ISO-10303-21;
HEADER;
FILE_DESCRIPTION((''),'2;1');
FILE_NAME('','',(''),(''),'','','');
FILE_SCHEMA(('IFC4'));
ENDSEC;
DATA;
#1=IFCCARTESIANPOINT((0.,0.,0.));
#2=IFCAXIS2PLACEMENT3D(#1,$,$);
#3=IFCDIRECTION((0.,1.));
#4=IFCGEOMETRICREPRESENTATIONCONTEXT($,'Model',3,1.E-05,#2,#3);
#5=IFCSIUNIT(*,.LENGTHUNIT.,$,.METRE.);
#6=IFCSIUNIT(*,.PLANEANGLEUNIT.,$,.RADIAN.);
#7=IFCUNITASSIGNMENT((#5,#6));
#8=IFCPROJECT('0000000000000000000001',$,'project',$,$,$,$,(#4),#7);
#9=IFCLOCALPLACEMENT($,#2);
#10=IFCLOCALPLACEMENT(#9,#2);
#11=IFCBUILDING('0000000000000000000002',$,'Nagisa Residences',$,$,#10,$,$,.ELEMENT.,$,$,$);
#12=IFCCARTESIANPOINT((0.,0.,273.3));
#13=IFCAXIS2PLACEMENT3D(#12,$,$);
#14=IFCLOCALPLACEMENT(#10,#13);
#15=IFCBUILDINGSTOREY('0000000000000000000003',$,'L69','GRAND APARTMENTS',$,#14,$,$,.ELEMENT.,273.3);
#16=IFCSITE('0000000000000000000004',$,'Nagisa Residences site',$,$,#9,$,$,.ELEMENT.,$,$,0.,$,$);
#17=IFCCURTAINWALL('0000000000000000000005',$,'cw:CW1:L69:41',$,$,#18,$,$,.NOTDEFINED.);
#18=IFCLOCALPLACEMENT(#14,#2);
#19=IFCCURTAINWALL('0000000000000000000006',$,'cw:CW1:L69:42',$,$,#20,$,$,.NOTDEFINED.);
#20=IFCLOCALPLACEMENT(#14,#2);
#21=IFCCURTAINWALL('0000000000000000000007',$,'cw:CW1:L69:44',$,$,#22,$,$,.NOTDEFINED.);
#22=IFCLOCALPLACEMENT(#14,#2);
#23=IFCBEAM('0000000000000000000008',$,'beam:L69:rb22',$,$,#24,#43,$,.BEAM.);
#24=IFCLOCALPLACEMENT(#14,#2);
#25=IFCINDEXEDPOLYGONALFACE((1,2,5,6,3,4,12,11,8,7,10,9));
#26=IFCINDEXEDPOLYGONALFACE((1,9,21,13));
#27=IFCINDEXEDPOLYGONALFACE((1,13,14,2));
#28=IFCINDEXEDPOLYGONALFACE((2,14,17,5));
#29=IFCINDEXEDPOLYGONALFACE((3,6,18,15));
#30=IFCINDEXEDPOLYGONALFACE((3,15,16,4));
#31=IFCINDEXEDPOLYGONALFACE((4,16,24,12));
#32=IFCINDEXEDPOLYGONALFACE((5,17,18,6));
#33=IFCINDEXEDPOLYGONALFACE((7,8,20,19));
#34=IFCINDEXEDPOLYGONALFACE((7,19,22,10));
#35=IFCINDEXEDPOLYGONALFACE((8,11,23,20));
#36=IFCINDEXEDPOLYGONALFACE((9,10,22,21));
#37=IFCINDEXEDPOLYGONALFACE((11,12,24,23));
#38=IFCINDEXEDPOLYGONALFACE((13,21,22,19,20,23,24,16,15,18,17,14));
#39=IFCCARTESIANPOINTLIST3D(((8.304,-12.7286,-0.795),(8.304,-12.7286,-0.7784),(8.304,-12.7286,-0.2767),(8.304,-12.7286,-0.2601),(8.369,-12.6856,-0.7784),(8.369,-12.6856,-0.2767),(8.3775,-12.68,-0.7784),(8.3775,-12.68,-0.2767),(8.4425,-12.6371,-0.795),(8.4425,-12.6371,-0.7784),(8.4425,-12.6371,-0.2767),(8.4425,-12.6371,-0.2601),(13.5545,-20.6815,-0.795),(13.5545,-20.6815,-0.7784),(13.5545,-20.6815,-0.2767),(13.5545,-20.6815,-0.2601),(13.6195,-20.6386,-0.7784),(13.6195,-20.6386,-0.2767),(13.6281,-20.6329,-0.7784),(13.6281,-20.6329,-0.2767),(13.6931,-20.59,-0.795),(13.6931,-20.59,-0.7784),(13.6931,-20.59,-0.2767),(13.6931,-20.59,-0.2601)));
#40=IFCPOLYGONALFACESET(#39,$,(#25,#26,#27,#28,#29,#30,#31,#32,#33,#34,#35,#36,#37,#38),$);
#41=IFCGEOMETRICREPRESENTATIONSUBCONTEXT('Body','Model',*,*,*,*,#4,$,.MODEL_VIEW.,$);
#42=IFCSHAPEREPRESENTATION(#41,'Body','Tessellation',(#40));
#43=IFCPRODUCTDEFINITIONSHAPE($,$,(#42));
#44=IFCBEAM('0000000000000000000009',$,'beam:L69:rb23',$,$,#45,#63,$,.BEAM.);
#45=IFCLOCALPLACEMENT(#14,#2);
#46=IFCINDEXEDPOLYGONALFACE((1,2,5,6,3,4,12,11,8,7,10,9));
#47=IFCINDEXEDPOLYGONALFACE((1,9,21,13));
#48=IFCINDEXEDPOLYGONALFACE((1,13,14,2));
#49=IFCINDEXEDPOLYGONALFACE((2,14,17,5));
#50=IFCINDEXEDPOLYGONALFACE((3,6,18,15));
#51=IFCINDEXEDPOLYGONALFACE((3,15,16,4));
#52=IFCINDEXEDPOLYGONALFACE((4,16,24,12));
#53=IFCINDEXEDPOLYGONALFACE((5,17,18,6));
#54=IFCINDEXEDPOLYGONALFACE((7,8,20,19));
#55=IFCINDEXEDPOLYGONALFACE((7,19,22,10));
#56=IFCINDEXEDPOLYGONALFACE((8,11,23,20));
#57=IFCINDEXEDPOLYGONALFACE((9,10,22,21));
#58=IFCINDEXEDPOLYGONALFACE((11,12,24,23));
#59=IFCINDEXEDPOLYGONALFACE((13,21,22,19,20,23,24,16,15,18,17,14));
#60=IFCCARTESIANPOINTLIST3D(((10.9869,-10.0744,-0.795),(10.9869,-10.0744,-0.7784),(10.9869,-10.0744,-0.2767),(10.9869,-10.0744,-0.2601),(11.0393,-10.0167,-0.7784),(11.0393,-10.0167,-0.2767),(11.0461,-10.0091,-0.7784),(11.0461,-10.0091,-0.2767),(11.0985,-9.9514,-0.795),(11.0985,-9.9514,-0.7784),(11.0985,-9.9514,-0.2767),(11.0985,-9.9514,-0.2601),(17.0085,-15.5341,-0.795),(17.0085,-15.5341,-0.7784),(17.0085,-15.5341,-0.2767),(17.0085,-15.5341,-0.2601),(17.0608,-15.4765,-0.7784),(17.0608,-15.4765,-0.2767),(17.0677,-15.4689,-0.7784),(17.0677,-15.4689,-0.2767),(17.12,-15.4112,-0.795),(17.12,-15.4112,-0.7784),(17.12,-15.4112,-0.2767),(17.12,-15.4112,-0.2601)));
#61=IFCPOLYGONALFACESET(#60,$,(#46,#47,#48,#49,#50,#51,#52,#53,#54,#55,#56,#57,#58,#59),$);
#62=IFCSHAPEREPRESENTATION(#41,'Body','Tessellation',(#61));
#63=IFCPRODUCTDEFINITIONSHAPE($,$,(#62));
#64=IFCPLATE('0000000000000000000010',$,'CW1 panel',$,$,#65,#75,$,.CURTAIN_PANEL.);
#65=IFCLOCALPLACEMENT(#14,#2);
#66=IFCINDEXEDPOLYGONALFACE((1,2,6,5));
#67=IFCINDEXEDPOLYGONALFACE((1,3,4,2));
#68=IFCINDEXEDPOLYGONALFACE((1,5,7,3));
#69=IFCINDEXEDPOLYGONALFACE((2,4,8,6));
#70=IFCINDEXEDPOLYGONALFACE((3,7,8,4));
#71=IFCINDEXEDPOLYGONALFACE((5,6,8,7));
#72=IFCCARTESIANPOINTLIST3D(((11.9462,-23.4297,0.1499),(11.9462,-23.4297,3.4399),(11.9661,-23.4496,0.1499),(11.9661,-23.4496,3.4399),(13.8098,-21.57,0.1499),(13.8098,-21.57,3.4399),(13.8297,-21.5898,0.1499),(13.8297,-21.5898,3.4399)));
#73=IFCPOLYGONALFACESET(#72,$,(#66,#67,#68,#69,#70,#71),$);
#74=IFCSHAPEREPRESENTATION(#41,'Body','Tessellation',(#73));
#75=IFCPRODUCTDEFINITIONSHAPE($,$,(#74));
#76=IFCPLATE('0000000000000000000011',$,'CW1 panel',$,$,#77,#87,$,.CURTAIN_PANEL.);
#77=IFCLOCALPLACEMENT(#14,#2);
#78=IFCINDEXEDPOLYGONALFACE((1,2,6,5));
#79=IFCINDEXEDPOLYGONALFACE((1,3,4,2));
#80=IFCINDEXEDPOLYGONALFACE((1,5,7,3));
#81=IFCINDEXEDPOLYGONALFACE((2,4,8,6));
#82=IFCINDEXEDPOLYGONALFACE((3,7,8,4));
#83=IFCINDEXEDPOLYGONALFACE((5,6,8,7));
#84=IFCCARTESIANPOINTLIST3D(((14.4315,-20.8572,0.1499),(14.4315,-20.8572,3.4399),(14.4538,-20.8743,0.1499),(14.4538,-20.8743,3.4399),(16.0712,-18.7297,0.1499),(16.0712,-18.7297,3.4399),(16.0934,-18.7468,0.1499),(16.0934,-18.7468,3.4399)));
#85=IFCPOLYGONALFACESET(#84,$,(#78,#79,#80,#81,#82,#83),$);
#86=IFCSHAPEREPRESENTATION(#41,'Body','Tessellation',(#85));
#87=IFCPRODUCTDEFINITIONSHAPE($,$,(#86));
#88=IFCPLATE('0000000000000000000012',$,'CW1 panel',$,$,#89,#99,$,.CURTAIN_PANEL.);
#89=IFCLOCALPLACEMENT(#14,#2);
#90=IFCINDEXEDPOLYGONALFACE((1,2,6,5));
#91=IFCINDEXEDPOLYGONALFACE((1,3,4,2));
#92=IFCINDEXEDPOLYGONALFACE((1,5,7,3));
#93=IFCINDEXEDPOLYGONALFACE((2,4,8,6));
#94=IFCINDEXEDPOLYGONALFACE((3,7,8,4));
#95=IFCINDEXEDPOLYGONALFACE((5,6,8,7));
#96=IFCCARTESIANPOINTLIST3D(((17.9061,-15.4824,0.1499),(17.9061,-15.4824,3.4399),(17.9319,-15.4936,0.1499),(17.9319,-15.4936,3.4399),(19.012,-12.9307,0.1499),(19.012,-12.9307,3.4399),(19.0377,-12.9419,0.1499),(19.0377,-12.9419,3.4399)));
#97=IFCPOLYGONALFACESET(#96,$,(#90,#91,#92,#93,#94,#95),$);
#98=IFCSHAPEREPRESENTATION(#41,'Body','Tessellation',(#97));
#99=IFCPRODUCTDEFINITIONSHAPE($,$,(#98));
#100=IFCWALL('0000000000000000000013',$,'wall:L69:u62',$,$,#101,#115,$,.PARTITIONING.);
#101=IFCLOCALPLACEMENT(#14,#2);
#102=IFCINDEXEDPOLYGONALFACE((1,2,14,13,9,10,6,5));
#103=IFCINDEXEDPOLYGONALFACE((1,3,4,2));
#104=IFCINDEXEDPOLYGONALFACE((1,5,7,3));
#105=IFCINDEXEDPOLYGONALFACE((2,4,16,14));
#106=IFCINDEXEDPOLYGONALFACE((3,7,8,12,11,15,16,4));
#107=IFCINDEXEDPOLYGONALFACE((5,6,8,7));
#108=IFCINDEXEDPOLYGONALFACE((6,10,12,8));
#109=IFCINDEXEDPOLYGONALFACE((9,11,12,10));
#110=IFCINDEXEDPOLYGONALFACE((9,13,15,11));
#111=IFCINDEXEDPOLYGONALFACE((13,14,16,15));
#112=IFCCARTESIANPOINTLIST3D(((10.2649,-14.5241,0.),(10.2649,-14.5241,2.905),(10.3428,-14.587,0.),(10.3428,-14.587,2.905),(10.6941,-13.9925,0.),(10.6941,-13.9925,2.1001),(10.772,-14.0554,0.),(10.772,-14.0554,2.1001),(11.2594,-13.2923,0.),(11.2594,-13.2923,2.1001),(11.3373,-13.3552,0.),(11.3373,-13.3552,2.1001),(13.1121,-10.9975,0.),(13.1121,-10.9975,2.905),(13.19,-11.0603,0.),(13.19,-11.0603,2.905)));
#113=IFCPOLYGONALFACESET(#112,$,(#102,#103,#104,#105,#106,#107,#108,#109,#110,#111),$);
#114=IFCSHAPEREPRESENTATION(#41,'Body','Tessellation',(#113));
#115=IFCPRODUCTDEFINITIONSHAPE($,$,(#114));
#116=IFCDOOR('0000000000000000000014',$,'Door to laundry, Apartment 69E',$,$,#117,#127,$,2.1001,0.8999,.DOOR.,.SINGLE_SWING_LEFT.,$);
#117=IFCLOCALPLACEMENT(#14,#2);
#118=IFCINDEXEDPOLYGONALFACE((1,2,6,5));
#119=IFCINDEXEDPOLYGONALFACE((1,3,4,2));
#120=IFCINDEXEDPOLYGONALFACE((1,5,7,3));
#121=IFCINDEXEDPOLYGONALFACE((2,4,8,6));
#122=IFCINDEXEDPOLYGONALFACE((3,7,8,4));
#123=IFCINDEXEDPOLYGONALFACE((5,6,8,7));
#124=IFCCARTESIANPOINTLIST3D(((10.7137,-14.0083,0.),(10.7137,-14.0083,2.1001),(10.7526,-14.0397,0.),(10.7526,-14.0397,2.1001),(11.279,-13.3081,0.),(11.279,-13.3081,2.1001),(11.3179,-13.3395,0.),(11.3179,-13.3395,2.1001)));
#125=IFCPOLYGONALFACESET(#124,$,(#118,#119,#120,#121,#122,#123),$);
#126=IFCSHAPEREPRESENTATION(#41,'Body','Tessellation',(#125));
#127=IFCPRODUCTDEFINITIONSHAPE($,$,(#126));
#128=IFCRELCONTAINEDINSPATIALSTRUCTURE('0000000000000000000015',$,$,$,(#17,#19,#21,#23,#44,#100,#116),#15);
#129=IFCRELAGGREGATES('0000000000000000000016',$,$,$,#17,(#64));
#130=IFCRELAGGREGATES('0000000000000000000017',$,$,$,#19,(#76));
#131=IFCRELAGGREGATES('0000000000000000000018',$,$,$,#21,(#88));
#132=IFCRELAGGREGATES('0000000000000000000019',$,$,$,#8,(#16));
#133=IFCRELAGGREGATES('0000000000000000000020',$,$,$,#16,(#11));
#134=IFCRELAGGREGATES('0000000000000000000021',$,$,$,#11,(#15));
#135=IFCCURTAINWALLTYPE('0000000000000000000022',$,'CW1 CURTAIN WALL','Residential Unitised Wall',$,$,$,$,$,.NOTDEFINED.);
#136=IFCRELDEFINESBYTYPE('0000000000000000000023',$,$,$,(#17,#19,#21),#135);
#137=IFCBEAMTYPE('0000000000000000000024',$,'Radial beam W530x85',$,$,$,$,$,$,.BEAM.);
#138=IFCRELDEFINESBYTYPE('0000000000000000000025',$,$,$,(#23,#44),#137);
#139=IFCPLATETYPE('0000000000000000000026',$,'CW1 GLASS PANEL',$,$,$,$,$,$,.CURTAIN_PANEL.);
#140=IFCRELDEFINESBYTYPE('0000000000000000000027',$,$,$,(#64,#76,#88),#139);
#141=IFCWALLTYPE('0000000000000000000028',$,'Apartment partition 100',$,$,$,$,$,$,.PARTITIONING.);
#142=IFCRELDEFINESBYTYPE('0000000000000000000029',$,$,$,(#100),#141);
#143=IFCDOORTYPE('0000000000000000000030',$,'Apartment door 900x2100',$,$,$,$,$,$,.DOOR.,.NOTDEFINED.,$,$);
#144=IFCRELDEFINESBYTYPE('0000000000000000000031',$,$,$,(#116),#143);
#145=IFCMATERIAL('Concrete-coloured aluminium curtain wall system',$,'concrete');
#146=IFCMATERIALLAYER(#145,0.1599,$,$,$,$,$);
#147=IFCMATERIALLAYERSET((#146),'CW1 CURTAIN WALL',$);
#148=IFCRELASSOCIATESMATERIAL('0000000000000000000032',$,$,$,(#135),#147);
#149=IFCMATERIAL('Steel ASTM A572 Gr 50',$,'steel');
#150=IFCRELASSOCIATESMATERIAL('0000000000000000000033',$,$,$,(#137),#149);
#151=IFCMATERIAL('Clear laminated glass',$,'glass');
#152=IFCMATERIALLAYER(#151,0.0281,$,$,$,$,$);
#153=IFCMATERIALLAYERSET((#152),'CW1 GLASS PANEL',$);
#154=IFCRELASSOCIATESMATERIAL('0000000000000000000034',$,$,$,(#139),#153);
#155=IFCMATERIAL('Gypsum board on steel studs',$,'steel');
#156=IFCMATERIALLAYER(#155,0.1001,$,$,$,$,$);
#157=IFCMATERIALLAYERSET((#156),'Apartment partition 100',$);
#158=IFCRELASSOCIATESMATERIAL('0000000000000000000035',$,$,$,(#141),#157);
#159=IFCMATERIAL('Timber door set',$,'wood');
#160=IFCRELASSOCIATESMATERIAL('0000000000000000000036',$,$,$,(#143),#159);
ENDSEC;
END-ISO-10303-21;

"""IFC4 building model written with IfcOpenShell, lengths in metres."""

from ifc_helpers import new_model, si_unit, direction, frame, frame_2d, origin, origin_2d, place, context, subcontext, project, spatial, rectangle, i_section, extrude, material, layer, layer_set, material_profile, profile_set, type_object, element, fill, aggregate, save


model = new_model("IFC4")

# Units and contexts
model_context = context("Model", 3, precision=1e-05, world=origin(), true_north=direction((0.0, 1.0)))
body_context = subcontext(model_context, "Body", "Model", "MODEL_VIEW")
ifc_project = project(units=[si_unit("LENGTHUNIT", "METRE"), si_unit("PLANEANGLEUNIT", "RADIAN")], contexts=[model_context])

# Site, building, storey
site_placement = place(None, origin())
site = spatial("IfcSite", under=ifc_project, at=site_placement, Name="Nagisa Residences site", CompositionType="ELEMENT", RefElevation=0.0)
building_placement = place(site_placement, origin())
building = spatial("IfcBuilding", under=site, at=building_placement, Name="Nagisa Residences", CompositionType="ELEMENT")
storey_placement = place(building_placement, frame((0.0, 0.0, 273.3)))
storey = spatial("IfcBuildingStorey", under=building, at=storey_placement, Name="L69", Description="GRAND APARTMENTS", CompositionType="ELEMENT", Elevation=273.3)

# Curtain walls
ifc_material_1 = material(Name="Concrete-coloured aluminium curtain wall system", Category="concrete")
ifc_layer_1 = layer(ifc_material_1, 0.1599)
ifc_layer_set_1 = layer_set([ifc_layer_1], Name="CW1 CURTAIN WALL")
curtain_wall_type = type_object("IfcCurtainWallType", Name="CW1 CURTAIN WALL", Description="Residential Unitised Wall", PredefinedType="NOTDEFINED", material=ifc_layer_set_1)
curtain_wall_1_placement = place(storey_placement, origin())
curtain_wall_1 = element("IfcCurtainWall", 1, at=curtain_wall_1_placement, inside=storey, type_object=curtain_wall_type, Name="cw:CW1:L69:41", PredefinedType="NOTDEFINED")
curtain_wall_2_placement = place(storey_placement, origin())
curtain_wall_2 = element("IfcCurtainWall", 2, at=curtain_wall_2_placement, inside=storey, type_object=curtain_wall_type, Name="cw:CW1:L69:42", PredefinedType="NOTDEFINED")
curtain_wall_3_placement = place(storey_placement, origin())
curtain_wall_3 = element("IfcCurtainWall", 3, at=curtain_wall_3_placement, inside=storey, type_object=curtain_wall_type, Name="cw:CW1:L69:44", PredefinedType="NOTDEFINED")

# Beams
ifc_material_2 = material(Name="Steel ASTM A572 Gr 50", Category="steel")
ifc_material_profile_1 = material_profile(ifc_material_2, i_section(OverallWidth=0.166, OverallDepth=0.5349, WebThickness=0.0103, FlangeThickness=0.0166, at=origin_2d()), Name="W530x85")
ifc_profile_set_1 = profile_set([ifc_material_profile_1], Name="Steel ASTM A572 Gr 50")
beam_type_1 = type_object("IfcBeamType", Name="Radial beam W530x85", PredefinedType="BEAM", material=ifc_profile_set_1)
beam_1_placement = place(storey_placement, frame((13.6238, -20.6357, -0.5276), z_axis=(-0.550958, 0.834533, 0.0), x_axis=(-0.834533, -0.550958, 0.0)))
element("IfcBeam", 4, at=beam_1_placement, inside=storey, type_object=beam_type_1, Name="beam:L69:rb22", PredefinedType="BEAM", context=body_context, shape_type="SweptSolid", body=[
    extrude(i_section(OverallWidth=0.166, OverallDepth=0.5349, WebThickness=0.0103, FlangeThickness=0.0166, at=origin_2d()), origin(), (0.0, 0.0, 1.0), 9.5298),
])
beam_2_placement = place(storey_placement, frame((17.0642, -15.4727, -0.5276), z_axis=(-0.740819, 0.671705, 0.0), x_axis=(-0.671705, -0.740819, 0.0)))
element("IfcBeam", 5, at=beam_2_placement, inside=storey, type_object=beam_type_1, Name="beam:L69:rb23", PredefinedType="BEAM", context=body_context, shape_type="SweptSolid", body=[
    extrude(i_section(OverallWidth=0.166, OverallDepth=0.5349, WebThickness=0.0103, FlangeThickness=0.0166, at=origin_2d()), origin(), (0.0, 0.0, 1.0), 8.1282),
])

# Plates
ifc_material_3 = material(Name="Clear laminated glass", Category="glass")
ifc_layer_2 = layer(ifc_material_3, 0.0281)
ifc_layer_set_2 = layer_set([ifc_layer_2], Name="CW1 GLASS PANEL")
plate_type = type_object("IfcPlateType", Name="CW1 GLASS PANEL", PredefinedType="CURTAIN_PANEL", material=ifc_layer_set_2)
plate_1_placement = place(storey_placement, frame((12.8879, -22.5098, 0.1499), z_axis=(0.0, 0.0, 1.0), x_axis=(0.707836, 0.706377, 0.0)))
plate_1 = element("IfcPlate", 6, at=plate_1_placement, type_object=plate_type, Name="CW1 panel", PredefinedType="CURTAIN_PANEL", context=body_context, shape_type="SweptSolid", body=[
    extrude(rectangle(XDim=2.6328, YDim=0.0281, at=origin_2d()), origin(), (0.0, 0.0, 1.0), 3.29),
])
aggregate(curtain_wall_1, [plate_1])
plate_2_placement = place(storey_placement, frame((15.2625, -19.802, 0.1499), z_axis=(0.0, 0.0, 1.0), x_axis=(0.61043, 0.79207, 0.0)))
plate_2 = element("IfcPlate", 7, at=plate_2_placement, type_object=plate_type, Name="CW1 panel", PredefinedType="CURTAIN_PANEL", context=body_context, shape_type="SweptSolid", body=[
    extrude(rectangle(XDim=2.686, YDim=0.0281, at=origin_2d()), origin(), (0.0, 0.0, 1.0), 3.29),
])
aggregate(curtain_wall_2, [plate_2])
plate_3_placement = place(storey_placement, frame((18.4719, -14.2122, 0.1499), z_axis=(0.0, 0.0, 1.0), x_axis=(0.397636, 0.917543, 0.0)))
plate_3 = element("IfcPlate", 8, at=plate_3_placement, type_object=plate_type, Name="CW1 panel", PredefinedType="CURTAIN_PANEL", context=body_context, shape_type="SweptSolid", body=[
    extrude(rectangle(XDim=2.781, YDim=0.0281, at=origin_2d()), origin(), (0.0, 0.0, 1.0), 3.29),
])
aggregate(curtain_wall_3, [plate_3])

# Wall, opening, door
ifc_material_4 = material(Name="Gypsum board on steel studs", Category="steel")
ifc_layer_3 = layer(ifc_material_4, 0.1001)
ifc_layer_set_3 = layer_set([ifc_layer_3], Name="Apartment partition 100")
wall_type_1 = type_object("IfcWallType", Name="Apartment partition 100", PredefinedType="PARTITIONING", material=ifc_layer_set_3)
wall_1_placement = place(storey_placement, frame((10.304, -14.5554, 0.0), z_axis=(0.0, 0.0, 1.0), x_axis=(0.62817, 0.778076, 0.0)))
wall_1 = element("IfcWall", 9, at=wall_1_placement, inside=storey, type_object=wall_type_1, Name="wall:L69:u62", PredefinedType="PARTITIONING", context=body_context, shape_type="SweptSolid", body=[
    extrude(rectangle(XDim=4.5325, YDim=0.1001, at=frame_2d((2.2661, 0.0))), origin(), (0.0, 0.0, 1.0), 2.905),
])
opening_1_placement = place(wall_1_placement, frame((0.6831, 0.0, 0.0)))
opening_1 = element("IfcOpeningElement", 10, at=opening_1_placement, cuts=wall_1, PredefinedType="OPENING", context=body_context, shape_type="SweptSolid", body=[
    extrude(rectangle(XDim=0.8999, YDim=2.1001, at=frame_2d((0.45, 1.05))), frame((0.0, 0.0601, 0.0), z_axis=(0.0, -1.0, 0.0), x_axis=(1.0, 0.0, 0.0)), (0.0, 0.0, 1.0), 0.1201),
])
ifc_material_5 = material(Name="Timber door set", Category="wood")
door_type_1 = type_object("IfcDoorType", Name="Apartment door 900x2100", OperationType="NOTDEFINED", PredefinedType="DOOR", material=ifc_material_5)
door_1_placement = place(opening_1_placement, origin())
door_1 = element("IfcDoor", 11, at=door_1_placement, inside=storey, type_object=door_type_1, Name="Door to laundry, Apartment 69E", OperationType="SINGLE_SWING_LEFT", OverallHeight=2.1001, OverallWidth=0.8999, PredefinedType="DOOR", context=body_context, shape_type="SweptSolid", body=[
    extrude(rectangle(XDim=0.8999, YDim=2.1001, at=frame_2d((0.45, 1.05))), frame((0.0, 0.0249, 0.0), z_axis=(0.0, -1.0, 0.0), x_axis=(1.0, 0.0, 0.0)), (0.0, 0.0, 1.0), 0.05),
])
fill(opening_1, door_1)

save(model, "model.ifc")
